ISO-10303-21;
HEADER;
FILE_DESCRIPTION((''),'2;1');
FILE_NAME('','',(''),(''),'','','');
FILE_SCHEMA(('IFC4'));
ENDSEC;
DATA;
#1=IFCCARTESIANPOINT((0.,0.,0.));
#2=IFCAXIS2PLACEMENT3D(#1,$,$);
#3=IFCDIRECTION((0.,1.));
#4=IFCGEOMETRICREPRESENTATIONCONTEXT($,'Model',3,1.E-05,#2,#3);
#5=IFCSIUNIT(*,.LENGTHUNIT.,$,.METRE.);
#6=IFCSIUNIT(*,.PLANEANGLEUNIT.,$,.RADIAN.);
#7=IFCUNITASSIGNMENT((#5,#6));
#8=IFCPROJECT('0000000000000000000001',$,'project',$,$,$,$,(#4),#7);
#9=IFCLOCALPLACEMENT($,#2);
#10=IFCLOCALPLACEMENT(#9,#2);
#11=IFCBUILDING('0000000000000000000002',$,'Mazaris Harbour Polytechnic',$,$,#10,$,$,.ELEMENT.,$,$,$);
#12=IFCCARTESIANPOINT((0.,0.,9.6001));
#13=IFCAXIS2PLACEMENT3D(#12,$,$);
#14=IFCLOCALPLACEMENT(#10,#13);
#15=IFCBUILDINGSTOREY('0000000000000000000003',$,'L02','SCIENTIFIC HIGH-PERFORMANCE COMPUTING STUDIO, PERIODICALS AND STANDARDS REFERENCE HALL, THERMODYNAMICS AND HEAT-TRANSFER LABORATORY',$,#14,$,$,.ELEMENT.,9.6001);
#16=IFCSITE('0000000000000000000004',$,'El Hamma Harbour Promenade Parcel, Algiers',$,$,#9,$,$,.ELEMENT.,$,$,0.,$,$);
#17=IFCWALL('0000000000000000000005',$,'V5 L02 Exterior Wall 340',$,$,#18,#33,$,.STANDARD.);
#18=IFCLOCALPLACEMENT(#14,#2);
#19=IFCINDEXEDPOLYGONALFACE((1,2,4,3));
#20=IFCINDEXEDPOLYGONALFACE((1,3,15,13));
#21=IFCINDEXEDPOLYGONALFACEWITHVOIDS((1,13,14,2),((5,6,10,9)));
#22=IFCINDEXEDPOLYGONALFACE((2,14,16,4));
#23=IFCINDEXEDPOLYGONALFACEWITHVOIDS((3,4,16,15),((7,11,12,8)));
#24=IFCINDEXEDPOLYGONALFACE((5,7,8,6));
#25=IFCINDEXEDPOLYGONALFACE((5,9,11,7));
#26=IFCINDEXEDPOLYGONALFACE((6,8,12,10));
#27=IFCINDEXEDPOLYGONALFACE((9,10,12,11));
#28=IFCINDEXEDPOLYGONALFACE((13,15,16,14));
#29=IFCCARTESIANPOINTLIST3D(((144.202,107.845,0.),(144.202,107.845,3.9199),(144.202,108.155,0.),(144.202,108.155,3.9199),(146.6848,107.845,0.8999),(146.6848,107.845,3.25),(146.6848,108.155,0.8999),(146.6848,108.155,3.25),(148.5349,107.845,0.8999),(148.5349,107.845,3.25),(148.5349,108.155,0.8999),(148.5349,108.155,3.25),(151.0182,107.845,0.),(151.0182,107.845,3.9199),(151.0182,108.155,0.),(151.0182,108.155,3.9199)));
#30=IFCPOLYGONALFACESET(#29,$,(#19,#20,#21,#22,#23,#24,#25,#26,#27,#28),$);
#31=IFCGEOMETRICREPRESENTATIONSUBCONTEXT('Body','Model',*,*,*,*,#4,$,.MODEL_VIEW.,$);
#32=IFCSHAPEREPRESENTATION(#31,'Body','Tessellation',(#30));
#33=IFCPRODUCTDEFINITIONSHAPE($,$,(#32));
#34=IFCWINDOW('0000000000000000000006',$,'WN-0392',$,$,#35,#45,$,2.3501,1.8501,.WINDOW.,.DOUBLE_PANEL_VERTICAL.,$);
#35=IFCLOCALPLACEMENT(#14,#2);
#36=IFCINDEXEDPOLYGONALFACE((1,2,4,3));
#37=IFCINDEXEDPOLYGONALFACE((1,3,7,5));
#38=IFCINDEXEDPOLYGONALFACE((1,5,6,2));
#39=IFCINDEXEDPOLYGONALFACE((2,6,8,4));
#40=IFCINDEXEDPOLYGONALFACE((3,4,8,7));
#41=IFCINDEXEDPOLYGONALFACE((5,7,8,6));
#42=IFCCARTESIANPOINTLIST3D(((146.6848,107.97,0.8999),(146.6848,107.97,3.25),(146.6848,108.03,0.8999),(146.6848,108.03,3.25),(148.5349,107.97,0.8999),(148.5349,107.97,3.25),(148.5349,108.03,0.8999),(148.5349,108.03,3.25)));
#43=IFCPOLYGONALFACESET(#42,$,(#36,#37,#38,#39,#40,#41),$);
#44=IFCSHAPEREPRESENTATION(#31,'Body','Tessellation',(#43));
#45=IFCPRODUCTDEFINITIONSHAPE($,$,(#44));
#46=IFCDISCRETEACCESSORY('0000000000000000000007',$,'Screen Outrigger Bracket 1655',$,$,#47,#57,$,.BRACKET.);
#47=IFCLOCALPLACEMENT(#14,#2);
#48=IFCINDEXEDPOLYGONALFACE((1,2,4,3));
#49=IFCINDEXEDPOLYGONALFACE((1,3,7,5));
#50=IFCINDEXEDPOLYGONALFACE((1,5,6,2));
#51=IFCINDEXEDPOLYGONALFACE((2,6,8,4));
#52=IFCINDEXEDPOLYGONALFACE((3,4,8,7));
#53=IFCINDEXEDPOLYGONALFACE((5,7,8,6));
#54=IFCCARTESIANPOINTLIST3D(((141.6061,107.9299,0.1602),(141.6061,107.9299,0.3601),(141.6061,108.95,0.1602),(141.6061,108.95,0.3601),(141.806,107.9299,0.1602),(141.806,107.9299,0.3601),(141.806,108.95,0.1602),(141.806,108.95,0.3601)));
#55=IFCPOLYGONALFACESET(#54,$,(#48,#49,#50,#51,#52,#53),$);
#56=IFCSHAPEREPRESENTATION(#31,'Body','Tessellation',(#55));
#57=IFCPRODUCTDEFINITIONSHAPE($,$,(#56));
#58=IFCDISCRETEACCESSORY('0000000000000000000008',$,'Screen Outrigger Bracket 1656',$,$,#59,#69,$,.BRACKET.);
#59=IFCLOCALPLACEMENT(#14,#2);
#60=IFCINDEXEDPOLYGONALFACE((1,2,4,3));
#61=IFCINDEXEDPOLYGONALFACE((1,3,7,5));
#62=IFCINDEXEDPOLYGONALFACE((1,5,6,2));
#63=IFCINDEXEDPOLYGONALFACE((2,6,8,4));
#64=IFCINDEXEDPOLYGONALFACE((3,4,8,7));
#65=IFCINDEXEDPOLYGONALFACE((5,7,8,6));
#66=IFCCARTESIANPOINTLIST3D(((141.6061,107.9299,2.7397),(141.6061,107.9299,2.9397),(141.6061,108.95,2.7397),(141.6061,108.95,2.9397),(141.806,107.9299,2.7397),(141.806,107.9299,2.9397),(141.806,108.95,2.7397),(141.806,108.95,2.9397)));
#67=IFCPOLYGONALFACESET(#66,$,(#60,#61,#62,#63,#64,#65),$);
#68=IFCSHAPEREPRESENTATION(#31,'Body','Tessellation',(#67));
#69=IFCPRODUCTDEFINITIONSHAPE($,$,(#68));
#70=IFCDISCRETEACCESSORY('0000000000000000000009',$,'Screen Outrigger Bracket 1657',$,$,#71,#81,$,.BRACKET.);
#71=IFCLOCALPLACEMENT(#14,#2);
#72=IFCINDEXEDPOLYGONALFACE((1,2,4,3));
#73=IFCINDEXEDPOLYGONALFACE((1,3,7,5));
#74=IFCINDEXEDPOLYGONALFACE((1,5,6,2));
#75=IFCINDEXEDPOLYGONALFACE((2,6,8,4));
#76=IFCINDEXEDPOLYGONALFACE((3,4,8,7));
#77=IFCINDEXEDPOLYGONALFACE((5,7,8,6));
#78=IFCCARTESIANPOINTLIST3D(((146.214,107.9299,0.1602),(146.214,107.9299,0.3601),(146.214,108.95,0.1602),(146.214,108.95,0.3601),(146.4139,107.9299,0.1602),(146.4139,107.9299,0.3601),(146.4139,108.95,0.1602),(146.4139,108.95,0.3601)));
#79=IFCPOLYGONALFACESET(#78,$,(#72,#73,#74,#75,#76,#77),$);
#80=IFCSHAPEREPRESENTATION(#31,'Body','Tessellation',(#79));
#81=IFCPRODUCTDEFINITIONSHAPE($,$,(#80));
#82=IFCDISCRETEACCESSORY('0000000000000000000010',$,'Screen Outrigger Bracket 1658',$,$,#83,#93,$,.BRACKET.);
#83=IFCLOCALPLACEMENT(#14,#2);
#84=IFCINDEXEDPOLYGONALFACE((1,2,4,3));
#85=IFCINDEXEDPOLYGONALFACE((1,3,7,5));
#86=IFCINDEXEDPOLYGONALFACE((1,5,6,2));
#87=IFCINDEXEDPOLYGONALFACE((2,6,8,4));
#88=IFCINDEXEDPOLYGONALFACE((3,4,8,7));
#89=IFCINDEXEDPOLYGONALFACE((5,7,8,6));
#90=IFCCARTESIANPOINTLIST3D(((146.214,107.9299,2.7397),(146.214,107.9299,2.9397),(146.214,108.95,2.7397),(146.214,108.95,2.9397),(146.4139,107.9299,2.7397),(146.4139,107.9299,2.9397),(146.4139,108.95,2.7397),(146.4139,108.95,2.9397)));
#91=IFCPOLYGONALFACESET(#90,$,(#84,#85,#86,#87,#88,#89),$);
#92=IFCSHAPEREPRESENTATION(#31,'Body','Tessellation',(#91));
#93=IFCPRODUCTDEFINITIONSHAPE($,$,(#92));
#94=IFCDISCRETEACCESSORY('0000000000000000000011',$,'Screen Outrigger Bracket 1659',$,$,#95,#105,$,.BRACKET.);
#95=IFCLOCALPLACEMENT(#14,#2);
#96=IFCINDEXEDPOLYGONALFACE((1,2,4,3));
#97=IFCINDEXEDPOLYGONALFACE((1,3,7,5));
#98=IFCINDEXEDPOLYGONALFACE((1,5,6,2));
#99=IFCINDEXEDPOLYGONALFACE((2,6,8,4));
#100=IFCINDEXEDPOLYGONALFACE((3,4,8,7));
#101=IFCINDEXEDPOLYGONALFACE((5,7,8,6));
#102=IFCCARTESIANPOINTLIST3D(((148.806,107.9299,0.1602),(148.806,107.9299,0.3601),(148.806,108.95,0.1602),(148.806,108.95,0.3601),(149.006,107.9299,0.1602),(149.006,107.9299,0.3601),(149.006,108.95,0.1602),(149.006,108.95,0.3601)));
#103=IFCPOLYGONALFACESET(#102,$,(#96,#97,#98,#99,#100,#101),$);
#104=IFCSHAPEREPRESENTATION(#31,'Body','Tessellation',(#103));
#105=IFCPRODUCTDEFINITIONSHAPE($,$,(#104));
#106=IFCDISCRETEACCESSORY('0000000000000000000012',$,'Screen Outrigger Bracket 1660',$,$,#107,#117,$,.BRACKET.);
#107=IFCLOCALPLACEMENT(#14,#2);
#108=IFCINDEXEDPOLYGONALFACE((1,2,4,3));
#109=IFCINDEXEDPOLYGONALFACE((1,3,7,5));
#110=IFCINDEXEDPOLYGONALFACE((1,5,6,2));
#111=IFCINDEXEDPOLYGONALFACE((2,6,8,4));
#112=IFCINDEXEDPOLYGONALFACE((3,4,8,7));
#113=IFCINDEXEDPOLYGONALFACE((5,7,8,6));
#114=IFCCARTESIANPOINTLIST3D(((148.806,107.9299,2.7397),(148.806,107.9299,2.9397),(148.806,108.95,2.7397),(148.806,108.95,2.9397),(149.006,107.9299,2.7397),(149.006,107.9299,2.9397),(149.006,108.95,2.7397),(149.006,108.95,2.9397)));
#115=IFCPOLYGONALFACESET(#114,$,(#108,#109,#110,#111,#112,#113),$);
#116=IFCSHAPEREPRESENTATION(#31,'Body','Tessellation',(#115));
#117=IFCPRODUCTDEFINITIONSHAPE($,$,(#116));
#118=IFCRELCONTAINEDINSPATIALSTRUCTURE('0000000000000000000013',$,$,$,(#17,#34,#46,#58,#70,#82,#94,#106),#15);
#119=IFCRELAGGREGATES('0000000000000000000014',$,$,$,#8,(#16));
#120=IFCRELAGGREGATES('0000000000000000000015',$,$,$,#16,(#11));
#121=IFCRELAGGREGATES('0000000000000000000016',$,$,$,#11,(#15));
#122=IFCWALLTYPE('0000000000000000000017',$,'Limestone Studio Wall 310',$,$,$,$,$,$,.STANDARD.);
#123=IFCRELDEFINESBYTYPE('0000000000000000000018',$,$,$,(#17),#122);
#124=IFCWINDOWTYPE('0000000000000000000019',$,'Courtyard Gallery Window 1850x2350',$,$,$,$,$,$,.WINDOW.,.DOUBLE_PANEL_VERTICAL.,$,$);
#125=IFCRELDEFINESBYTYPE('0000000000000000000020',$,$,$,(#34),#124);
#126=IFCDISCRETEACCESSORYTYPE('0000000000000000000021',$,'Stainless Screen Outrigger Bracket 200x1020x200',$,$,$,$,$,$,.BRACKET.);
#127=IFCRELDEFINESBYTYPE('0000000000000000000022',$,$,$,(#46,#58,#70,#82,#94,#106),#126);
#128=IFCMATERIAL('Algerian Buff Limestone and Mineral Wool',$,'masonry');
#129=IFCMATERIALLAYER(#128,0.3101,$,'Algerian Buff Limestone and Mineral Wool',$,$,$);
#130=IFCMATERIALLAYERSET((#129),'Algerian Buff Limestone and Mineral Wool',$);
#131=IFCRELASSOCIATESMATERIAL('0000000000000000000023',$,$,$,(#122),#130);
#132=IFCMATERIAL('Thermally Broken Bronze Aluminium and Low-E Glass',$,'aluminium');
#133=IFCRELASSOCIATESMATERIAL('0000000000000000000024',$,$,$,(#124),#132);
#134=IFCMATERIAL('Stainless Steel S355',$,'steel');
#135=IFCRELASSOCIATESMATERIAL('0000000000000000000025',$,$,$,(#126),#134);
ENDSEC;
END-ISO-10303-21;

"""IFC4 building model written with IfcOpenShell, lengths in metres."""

from ifc_helpers import new_model, si_unit, direction, frame, frame_2d, origin, origin_2d, place, context, subcontext, project, spatial, rectangle, extrude, material, layer, layer_set, type_object, element, fill, save


model = new_model("IFC4")

# Units and contexts
model_context = context("Model", 3, precision=1e-05, world=origin(), true_north=direction((0.0, 1.0)))
body_context = subcontext(model_context, "Body", "Model", "MODEL_VIEW")
ifc_project = project(units=[si_unit("LENGTHUNIT", "METRE"), si_unit("PLANEANGLEUNIT", "RADIAN")], contexts=[model_context])

# Site, building, storey
site_placement = place(None, origin())
site = spatial("IfcSite", under=ifc_project, at=site_placement, Name="El Hamma Harbour Promenade Parcel, Algiers", CompositionType="ELEMENT", RefElevation=0.0)
building_placement = place(site_placement, origin())
building = spatial("IfcBuilding", under=site, at=building_placement, Name="Mazaris Harbour Polytechnic", CompositionType="ELEMENT")
storey_placement = place(building_placement, frame((0.0, 0.0, 9.6001)))
storey = spatial("IfcBuildingStorey", under=building, at=storey_placement, Name="L02", Description="SCIENTIFIC HIGH-PERFORMANCE COMPUTING STUDIO, PERIODICALS AND STANDARDS REFERENCE HALL, THERMODYNAMICS AND HEAT-TRANSFER LABORATORY", CompositionType="ELEMENT", Elevation=9.6001)

# Wall, opening, window
ifc_material_1 = material(Name="Algerian Buff Limestone and Mineral Wool", Category="masonry")
ifc_layer_1 = layer(ifc_material_1, 0.3101, Name="Algerian Buff Limestone and Mineral Wool")
ifc_layer_set_1 = layer_set([ifc_layer_1], Name="Algerian Buff Limestone and Mineral Wool")
wall_type = type_object("IfcWallType", Name="Limestone Studio Wall 310", PredefinedType="STANDARD", material=ifc_layer_set_1)
wall_placement = place(storey_placement, frame((144.2019, 108.0, 0.0), z_axis=(0.0, 0.0, 1.0), x_axis=(1.0, 0.0, 0.0)))
wall = element("IfcWall", 1, at=wall_placement, inside=storey, type_object=wall_type, Name="V5 L02 Exterior Wall 340", PredefinedType="STANDARD", context=body_context, shape_type="SweptSolid", body=[
    extrude(rectangle(XDim=6.8162, YDim=0.3101, at=frame_2d((3.4082, 0.0))), origin(), (0.0, 0.0, 1.0), 3.9199),
])
opening_placement = place(wall_placement, frame((2.4829, 0.0, 0.8999)))
opening = element("IfcOpeningElement", 2, at=opening_placement, cuts=wall, PredefinedType="OPENING", context=body_context, shape_type="SweptSolid", body=[
    extrude(rectangle(XDim=1.8501, YDim=2.3501, at=frame_2d((0.925, 1.175))), frame((0.0, 0.165, 0.0), z_axis=(0.0, -1.0, 0.0), x_axis=(1.0, 0.0, 0.0)), (0.0, 0.0, 1.0), 0.3301),
])
ifc_material_2 = material(Name="Thermally Broken Bronze Aluminium and Low-E Glass", Category="aluminium")
window_type = type_object("IfcWindowType", Name="Courtyard Gallery Window 1850x2350", PartitioningType="DOUBLE_PANEL_VERTICAL", PredefinedType="WINDOW", material=ifc_material_2)
window_placement = place(opening_placement, origin())
window = element("IfcWindow", 3, at=window_placement, inside=storey, type_object=window_type, Name="WN-0392", OverallHeight=2.3501, OverallWidth=1.8501, PartitioningType="DOUBLE_PANEL_VERTICAL", PredefinedType="WINDOW", context=body_context, shape_type="SweptSolid", body=[
    extrude(rectangle(XDim=1.8501, YDim=2.3501, at=frame_2d((0.925, 1.175))), frame((0.0, 0.03, 0.0), z_axis=(0.0, -1.0, 0.0), x_axis=(1.0, 0.0, 0.0)), (0.0, 0.0, 1.0), 0.0601),
])
fill(opening, window)

# Discrete accessories
ifc_material_3 = material(Name="Stainless Steel S355", Category="steel")
discrete_accessory_type = type_object("IfcDiscreteAccessoryType", Name="Stainless Screen Outrigger Bracket 200x1020x200", PredefinedType="BRACKET", material=ifc_material_3)
for number, where, z_axis, x_axis, name in (
    (4, (141.7061, 108.4399, 0.1602), (0.0, 0.0, 1.0), (1.0, 0.0, 0.0), "Screen Outrigger Bracket 1655"),
    (5, (141.7061, 108.4399, 2.7397), (0.0, 0.0, 1.0), (1.0, 0.0, 0.0), "Screen Outrigger Bracket 1656"),
    (6, (146.314, 108.4399, 0.1602), (0.0, 0.0, 1.0), (1.0, 0.0, 0.0), "Screen Outrigger Bracket 1657"),
    (7, (146.314, 108.4399, 2.7397), (0.0, 0.0, 1.0), (1.0, 0.0, 0.0), "Screen Outrigger Bracket 1658"),
    (8, (148.906, 108.4399, 0.1602), (0.0, 0.0, 1.0), (1.0, 0.0, 0.0), "Screen Outrigger Bracket 1659"),
    (9, (148.906, 108.4399, 2.7397), (0.0, 0.0, 1.0), (1.0, 0.0, 0.0), "Screen Outrigger Bracket 1660"),
):
    element("IfcDiscreteAccessory", number, at=place(storey_placement, frame(where, z_axis=z_axis, x_axis=x_axis)), inside=storey, type_object=discrete_accessory_type, Name=name, PredefinedType="BRACKET", context=body_context, shape_type="SweptSolid", body=[
        extrude(rectangle(XDim=0.2, YDim=1.02, at=origin_2d()), origin(), (0.0, 0.0, 1.0), 0.2),
    ])

save(model, "model.ifc")
